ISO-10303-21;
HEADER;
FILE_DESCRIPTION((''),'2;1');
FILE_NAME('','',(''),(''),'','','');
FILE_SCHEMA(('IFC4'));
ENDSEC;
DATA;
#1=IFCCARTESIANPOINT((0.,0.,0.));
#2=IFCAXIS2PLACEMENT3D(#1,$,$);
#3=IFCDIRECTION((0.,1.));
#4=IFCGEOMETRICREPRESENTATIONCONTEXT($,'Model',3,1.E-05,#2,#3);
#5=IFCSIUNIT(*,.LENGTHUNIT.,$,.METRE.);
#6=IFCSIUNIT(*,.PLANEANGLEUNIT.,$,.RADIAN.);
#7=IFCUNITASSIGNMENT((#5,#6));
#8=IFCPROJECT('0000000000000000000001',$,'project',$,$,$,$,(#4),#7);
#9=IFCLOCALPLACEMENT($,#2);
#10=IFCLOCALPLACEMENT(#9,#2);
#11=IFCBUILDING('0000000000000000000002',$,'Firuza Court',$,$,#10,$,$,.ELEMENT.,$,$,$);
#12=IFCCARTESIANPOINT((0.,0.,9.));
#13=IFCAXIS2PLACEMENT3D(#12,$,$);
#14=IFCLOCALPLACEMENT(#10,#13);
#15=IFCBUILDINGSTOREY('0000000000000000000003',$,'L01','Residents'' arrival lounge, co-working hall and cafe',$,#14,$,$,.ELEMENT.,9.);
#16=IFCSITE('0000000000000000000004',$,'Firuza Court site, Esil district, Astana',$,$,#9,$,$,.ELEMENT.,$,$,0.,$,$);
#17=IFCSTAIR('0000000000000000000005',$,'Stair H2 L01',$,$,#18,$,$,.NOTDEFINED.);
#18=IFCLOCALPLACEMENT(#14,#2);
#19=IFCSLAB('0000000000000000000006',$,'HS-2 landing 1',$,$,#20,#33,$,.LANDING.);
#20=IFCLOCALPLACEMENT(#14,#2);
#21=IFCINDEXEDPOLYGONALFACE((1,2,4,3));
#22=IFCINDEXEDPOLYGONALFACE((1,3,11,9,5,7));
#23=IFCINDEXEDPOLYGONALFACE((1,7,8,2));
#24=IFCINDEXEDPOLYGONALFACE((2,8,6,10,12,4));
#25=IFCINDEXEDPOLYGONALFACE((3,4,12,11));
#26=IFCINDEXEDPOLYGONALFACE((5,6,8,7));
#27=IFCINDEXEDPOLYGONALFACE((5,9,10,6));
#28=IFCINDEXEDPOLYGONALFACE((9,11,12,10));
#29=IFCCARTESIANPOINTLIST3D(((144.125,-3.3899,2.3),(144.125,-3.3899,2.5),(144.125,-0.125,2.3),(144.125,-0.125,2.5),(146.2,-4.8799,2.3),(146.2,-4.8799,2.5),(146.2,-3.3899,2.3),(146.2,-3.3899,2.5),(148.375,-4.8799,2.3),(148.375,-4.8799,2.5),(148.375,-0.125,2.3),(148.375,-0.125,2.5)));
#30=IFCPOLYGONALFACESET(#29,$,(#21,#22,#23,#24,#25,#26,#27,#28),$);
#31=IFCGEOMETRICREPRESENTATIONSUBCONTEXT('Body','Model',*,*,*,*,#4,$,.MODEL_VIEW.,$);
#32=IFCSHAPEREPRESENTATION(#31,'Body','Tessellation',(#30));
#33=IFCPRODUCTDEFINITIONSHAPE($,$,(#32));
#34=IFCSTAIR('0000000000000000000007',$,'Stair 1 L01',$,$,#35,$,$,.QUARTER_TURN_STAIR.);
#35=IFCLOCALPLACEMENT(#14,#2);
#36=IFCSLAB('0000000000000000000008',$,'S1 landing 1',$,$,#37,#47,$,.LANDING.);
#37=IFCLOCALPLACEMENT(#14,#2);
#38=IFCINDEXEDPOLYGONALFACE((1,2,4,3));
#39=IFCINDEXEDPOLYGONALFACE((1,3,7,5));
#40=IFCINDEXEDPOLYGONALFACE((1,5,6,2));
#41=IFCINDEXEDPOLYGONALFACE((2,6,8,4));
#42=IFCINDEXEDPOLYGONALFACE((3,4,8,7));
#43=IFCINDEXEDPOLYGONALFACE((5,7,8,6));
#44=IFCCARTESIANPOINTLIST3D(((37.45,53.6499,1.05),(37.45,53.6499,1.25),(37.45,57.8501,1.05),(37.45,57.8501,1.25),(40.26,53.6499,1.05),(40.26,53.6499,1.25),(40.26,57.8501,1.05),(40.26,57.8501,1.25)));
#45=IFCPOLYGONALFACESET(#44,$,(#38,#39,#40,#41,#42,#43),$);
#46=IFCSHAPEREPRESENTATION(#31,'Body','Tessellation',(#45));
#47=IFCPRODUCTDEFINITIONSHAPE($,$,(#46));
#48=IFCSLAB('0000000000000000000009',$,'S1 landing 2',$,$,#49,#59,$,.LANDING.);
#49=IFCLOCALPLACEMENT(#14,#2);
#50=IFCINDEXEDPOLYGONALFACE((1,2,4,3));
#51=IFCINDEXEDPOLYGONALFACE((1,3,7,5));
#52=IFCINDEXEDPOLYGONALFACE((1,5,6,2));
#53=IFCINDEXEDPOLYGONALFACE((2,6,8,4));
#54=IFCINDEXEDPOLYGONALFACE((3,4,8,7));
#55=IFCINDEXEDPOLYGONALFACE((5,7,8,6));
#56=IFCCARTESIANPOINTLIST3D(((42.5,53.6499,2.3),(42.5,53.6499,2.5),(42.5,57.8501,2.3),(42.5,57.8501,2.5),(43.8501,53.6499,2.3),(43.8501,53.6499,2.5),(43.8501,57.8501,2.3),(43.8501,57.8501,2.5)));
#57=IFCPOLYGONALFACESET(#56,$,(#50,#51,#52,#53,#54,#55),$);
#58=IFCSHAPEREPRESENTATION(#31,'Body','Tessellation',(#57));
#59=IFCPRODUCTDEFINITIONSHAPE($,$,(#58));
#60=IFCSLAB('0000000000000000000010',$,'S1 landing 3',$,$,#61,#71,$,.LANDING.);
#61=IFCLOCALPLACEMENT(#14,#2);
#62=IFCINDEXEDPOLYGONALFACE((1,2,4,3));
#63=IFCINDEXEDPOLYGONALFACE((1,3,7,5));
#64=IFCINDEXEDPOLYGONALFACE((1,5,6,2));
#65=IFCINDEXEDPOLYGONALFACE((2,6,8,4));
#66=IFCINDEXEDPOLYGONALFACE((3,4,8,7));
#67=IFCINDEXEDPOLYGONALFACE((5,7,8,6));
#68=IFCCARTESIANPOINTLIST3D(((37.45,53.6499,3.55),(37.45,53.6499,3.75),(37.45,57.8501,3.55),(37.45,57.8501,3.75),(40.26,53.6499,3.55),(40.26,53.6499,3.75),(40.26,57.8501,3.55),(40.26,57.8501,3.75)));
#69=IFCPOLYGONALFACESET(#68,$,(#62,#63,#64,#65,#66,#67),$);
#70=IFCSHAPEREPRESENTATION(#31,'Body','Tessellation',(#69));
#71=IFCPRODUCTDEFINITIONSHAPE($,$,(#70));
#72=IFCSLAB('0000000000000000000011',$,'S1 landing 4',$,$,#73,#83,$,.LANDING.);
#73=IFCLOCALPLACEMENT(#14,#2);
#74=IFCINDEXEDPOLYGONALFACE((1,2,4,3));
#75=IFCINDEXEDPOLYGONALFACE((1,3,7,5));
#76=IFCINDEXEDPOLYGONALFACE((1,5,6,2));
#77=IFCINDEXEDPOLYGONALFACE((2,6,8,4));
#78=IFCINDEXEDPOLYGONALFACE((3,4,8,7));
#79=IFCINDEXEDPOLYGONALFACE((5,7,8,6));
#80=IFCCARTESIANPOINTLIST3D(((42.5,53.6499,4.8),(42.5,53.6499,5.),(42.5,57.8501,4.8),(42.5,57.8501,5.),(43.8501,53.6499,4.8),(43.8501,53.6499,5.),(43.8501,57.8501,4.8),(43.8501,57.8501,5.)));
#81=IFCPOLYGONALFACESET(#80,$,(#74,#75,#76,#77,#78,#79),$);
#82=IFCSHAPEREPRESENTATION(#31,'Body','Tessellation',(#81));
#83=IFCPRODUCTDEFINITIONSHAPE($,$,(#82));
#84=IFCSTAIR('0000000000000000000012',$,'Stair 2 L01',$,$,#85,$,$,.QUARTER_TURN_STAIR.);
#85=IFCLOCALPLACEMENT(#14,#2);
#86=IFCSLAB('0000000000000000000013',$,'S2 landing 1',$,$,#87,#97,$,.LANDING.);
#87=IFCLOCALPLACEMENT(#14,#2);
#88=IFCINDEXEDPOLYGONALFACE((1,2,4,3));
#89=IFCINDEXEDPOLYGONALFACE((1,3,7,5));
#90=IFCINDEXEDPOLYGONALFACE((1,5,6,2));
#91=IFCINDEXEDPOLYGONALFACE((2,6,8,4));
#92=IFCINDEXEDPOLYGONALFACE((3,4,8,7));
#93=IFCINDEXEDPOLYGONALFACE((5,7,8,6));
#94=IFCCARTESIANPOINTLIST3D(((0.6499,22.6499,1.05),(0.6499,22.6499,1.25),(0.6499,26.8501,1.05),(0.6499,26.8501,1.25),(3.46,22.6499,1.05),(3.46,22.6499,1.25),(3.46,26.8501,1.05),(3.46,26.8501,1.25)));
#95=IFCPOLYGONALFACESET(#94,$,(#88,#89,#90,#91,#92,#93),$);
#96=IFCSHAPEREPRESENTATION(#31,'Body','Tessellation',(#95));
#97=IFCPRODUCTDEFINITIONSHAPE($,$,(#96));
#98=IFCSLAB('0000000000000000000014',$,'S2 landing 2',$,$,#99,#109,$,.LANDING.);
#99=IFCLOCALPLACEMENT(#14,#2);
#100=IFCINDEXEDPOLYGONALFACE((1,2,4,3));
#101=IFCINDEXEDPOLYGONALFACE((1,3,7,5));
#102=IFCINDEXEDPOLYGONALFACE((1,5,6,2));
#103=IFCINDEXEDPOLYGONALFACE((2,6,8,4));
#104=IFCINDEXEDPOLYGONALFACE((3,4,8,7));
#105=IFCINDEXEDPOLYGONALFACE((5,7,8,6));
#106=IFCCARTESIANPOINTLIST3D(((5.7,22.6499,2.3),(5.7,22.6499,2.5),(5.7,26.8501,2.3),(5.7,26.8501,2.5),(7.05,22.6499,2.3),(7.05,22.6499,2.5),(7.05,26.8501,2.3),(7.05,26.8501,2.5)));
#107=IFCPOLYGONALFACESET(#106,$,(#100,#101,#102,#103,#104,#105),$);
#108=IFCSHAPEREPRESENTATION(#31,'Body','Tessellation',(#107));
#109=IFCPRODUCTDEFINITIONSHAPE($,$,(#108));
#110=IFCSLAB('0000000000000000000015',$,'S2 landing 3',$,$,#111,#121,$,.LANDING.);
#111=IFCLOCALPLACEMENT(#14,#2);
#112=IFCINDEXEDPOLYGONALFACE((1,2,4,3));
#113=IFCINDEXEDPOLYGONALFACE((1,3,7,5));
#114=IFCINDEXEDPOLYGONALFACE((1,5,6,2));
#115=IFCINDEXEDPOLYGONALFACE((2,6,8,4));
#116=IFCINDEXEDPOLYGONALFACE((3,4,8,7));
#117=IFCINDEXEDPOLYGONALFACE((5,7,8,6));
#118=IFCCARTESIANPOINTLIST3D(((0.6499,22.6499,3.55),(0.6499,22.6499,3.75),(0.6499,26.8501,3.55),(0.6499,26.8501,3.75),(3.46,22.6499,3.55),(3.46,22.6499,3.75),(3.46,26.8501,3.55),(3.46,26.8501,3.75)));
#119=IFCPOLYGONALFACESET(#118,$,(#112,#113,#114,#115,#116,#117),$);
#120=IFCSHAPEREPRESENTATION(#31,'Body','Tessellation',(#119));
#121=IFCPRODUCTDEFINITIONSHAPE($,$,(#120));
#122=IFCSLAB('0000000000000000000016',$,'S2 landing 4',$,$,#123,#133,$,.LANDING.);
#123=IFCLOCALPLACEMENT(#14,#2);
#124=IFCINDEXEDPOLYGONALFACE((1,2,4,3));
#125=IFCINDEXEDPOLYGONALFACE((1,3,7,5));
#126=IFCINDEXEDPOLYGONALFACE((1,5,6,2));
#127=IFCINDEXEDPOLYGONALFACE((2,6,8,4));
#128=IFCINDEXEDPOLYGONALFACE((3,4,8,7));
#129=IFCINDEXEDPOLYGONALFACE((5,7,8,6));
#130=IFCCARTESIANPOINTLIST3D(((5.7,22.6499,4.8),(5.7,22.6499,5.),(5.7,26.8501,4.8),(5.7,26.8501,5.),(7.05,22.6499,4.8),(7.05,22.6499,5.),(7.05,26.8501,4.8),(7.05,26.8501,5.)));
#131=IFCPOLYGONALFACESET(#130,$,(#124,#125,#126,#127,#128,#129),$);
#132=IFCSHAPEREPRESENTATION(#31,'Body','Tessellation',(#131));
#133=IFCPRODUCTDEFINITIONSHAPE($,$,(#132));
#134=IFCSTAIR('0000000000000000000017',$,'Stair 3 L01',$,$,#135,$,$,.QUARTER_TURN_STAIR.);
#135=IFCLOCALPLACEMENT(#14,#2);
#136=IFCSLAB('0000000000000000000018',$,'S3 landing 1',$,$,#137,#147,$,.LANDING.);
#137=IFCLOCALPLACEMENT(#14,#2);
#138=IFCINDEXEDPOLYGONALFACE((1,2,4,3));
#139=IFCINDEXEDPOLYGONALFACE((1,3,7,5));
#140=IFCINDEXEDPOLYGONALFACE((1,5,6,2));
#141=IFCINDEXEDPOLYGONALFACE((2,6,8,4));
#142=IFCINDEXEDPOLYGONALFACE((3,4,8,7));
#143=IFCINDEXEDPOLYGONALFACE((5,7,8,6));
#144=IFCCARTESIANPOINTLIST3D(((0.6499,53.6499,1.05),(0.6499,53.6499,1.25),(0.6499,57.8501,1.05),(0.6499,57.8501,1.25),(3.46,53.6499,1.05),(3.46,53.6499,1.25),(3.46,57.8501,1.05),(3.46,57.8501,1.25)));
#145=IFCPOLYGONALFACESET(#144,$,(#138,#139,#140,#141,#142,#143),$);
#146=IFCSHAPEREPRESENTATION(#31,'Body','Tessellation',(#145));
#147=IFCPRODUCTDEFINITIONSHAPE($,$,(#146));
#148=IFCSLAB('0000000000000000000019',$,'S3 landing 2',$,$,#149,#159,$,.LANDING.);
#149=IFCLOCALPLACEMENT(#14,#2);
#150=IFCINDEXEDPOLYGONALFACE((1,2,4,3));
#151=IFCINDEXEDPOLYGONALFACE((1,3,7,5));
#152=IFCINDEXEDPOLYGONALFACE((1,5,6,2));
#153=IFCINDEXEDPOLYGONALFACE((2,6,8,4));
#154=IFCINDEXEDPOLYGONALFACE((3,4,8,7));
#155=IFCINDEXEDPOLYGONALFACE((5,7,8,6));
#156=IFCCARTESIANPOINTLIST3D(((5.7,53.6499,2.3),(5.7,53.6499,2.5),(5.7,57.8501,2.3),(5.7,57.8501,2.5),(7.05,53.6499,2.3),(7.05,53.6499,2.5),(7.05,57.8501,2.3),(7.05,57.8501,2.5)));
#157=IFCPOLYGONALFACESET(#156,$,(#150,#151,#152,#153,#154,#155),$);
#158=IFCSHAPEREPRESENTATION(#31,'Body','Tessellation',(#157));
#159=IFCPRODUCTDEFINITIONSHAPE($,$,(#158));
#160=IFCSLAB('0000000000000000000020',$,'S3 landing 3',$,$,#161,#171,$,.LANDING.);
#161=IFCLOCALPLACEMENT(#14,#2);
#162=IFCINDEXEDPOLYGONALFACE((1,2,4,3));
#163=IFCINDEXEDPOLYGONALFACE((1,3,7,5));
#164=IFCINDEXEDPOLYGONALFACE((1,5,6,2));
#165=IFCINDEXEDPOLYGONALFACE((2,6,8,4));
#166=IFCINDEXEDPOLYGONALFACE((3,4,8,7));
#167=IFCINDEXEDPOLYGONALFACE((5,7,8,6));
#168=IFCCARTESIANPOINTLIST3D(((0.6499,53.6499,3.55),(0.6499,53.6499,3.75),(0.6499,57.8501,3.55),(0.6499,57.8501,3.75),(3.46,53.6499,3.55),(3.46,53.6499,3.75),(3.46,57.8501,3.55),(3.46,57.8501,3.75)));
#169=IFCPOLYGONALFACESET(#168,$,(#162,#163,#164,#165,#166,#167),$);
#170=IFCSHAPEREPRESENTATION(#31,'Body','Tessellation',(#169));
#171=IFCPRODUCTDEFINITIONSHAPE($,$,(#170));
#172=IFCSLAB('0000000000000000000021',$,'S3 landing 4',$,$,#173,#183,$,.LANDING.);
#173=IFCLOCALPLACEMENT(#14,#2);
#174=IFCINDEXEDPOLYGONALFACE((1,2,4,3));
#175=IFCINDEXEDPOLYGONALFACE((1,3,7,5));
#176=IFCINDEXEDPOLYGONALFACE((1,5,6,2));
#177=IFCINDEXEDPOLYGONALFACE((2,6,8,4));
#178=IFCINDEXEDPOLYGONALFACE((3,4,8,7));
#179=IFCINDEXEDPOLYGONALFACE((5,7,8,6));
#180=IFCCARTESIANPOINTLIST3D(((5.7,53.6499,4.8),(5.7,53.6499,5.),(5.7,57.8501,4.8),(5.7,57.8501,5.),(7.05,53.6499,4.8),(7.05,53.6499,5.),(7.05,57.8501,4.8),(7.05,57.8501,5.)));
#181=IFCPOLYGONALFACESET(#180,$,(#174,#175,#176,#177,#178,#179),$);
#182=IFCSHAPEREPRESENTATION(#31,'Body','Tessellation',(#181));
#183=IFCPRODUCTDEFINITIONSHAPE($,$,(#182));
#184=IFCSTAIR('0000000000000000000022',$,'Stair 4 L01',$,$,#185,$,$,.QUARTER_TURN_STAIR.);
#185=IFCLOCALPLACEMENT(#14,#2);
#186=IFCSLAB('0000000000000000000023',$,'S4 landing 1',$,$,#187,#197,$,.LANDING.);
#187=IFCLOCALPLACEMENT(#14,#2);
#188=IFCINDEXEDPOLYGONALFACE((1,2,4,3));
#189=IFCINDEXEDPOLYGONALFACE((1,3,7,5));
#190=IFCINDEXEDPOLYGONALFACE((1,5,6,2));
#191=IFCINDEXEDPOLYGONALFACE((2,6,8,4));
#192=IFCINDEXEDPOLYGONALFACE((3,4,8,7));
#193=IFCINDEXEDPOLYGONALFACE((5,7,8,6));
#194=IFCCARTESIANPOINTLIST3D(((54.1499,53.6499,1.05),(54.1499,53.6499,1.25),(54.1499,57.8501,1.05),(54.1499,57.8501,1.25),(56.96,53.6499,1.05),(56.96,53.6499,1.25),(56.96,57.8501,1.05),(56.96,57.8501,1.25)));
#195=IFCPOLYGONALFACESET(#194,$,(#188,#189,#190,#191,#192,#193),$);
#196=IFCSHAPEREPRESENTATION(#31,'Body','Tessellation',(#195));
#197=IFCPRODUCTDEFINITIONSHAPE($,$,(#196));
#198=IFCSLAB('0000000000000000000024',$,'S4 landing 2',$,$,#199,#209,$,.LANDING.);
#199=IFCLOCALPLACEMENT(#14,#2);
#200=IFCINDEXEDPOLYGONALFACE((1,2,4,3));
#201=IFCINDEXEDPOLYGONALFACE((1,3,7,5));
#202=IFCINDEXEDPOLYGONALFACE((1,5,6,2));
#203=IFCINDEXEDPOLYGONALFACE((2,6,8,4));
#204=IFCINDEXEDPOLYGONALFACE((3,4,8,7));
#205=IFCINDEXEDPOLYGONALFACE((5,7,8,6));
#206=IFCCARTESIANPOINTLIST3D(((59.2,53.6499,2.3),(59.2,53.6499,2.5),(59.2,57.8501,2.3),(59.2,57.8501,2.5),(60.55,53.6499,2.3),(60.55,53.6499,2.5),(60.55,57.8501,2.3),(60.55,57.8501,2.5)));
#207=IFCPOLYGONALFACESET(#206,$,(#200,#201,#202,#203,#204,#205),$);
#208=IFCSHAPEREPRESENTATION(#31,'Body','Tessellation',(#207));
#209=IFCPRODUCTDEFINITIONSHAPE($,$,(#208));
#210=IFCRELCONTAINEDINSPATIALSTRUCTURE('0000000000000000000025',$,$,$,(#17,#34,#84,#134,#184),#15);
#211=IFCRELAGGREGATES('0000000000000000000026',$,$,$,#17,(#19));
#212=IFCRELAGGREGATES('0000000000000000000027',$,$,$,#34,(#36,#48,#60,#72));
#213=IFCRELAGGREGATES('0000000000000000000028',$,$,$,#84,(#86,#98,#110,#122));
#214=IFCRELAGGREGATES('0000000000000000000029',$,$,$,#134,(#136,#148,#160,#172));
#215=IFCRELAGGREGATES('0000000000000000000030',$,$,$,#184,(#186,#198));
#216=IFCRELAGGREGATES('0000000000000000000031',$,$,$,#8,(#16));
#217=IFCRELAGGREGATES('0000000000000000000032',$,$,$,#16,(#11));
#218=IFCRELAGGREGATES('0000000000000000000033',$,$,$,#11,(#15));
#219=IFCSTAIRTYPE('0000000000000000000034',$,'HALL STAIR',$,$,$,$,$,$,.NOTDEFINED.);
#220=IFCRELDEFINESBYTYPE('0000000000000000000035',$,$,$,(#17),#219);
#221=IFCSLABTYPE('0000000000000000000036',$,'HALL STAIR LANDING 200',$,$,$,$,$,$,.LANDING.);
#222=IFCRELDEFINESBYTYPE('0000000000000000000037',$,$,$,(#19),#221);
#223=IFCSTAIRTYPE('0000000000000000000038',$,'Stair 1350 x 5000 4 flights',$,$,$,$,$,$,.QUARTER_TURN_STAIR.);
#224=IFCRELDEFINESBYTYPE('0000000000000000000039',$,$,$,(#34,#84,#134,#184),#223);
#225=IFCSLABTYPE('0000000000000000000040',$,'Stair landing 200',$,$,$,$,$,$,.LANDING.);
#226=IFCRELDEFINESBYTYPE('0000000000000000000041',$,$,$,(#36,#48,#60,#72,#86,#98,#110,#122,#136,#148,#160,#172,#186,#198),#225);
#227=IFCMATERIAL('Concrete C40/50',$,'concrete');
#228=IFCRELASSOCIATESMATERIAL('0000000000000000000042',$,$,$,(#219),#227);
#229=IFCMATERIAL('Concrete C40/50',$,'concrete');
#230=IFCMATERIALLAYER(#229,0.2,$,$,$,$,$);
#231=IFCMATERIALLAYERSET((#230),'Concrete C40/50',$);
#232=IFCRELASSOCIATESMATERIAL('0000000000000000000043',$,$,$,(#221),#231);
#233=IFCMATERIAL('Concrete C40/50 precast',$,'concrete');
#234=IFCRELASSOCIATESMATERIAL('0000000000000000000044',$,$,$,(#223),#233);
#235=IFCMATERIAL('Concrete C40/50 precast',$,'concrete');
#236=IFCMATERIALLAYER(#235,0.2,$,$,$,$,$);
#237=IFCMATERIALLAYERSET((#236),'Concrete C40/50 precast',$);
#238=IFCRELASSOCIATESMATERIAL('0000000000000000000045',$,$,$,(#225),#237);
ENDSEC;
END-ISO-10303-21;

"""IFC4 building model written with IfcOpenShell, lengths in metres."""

from ifc_helpers import new_model, si_unit, direction, frame, origin, place, context, subcontext, project, spatial, polyline, outline, extrude, material, layer, layer_set, type_object, element, aggregate, save


model = new_model("IFC4")

# Units and contexts
model_context = context("Model", 3, precision=1e-05, world=origin(), true_north=direction((0.0, 1.0)))
body_context = subcontext(model_context, "Body", "Model", "MODEL_VIEW")
ifc_project = project(units=[si_unit("LENGTHUNIT", "METRE"), si_unit("PLANEANGLEUNIT", "RADIAN")], contexts=[model_context])

# Site, building, storey
site_placement = place(None, origin())
site = spatial("IfcSite", under=ifc_project, at=site_placement, Name="Firuza Court site, Esil district, Astana", CompositionType="ELEMENT", RefElevation=0.0)
building_placement = place(site_placement, origin())
building = spatial("IfcBuilding", under=site, at=building_placement, Name="Firuza Court", CompositionType="ELEMENT")
storey_placement = place(building_placement, frame((0.0, 0.0, 9.0)))
storey = spatial("IfcBuildingStorey", under=building, at=storey_placement, Name="L01", Description="Residents' arrival lounge, co-working hall and cafe", CompositionType="ELEMENT", Elevation=9.0)

# Stair, slab
ifc_material_1 = material(Name="Concrete C40/50", Category="concrete")
stair_type_1 = type_object("IfcStairType", Name="HALL STAIR", PredefinedType="NOTDEFINED", material=ifc_material_1)
ifc_material_2 = material(Name="Concrete C40/50", Category="concrete")
ifc_layer_1 = layer(ifc_material_2, 0.2)
ifc_layer_set_1 = layer_set([ifc_layer_1], Name="Concrete C40/50")
slab_type_1 = type_object("IfcSlabType", Name="HALL STAIR LANDING 200", PredefinedType="LANDING", material=ifc_layer_set_1)
stair_1_placement = place(storey_placement, origin())
stair_1 = element("IfcStair", 1, at=stair_1_placement, inside=storey, type_object=stair_type_1, Name="Stair H2 L01", PredefinedType="NOTDEFINED")
slab_1_placement = place(storey_placement, frame((0.0, 0.0, 2.3)))
slab_1 = element("IfcSlab", 2, at=slab_1_placement, type_object=slab_type_1, Name="HS-2 landing 1", PredefinedType="LANDING", context=body_context, shape_type="SweptSolid", body=[
    extrude(outline(polyline([(144.125, -3.3899), (146.2, -3.3899), (146.2, -4.8799), (148.375, -4.8799), (148.375, -0.125), (144.125, -0.125), (144.125, -3.3899)])), origin(), (0.0, 0.0, 1.0), 0.2),
])
aggregate(stair_1, [slab_1])

# Stairs, slabs
ifc_material_3 = material(Name="Concrete C40/50 precast", Category="concrete")
stair_type_2 = type_object("IfcStairType", Name="Stair 1350 x 5000 4 flights", PredefinedType="QUARTER_TURN_STAIR", material=ifc_material_3)
stair_2_placement = place(storey_placement, origin())
stair_2 = element("IfcStair", 3, at=stair_2_placement, inside=storey, type_object=stair_type_2, Name="Stair 1 L01", PredefinedType="QUARTER_TURN_STAIR")
ifc_material_4 = material(Name="Concrete C40/50 precast", Category="concrete")
ifc_layer_2 = layer(ifc_material_4, 0.2)
ifc_layer_set_2 = layer_set([ifc_layer_2], Name="Concrete C40/50 precast")
slab_type_2 = type_object("IfcSlabType", Name="Stair landing 200", PredefinedType="LANDING", material=ifc_layer_set_2)
slab_2_placement = place(storey_placement, frame((0.0, 0.0, 1.05)))
slab_2 = element("IfcSlab", 4, at=slab_2_placement, type_object=slab_type_2, Name="S1 landing 1", PredefinedType="LANDING", context=body_context, shape_type="SweptSolid", body=[
    extrude(outline(polyline([(40.26, 53.6499), (40.26, 57.8501), (37.45, 57.8501), (37.45, 53.6499), (40.26, 53.6499)])), origin(), (0.0, 0.0, 1.0), 0.2),
])
slab_3_placement = place(storey_placement, frame((0.0, 0.0, 2.3)))
slab_3 = element("IfcSlab", 5, at=slab_3_placement, type_object=slab_type_2, Name="S1 landing 2", PredefinedType="LANDING", context=body_context, shape_type="SweptSolid", body=[
    extrude(outline(polyline([(43.8501, 53.6499), (43.8501, 57.8501), (42.5, 57.8501), (42.5, 53.6499), (43.8501, 53.6499)])), origin(), (0.0, 0.0, 1.0), 0.2),
])
slab_4_placement = place(storey_placement, frame((0.0, 0.0, 3.55)))
slab_4 = element("IfcSlab", 6, at=slab_4_placement, type_object=slab_type_2, Name="S1 landing 3", PredefinedType="LANDING", context=body_context, shape_type="SweptSolid", body=[
    extrude(outline(polyline([(40.26, 53.6499), (40.26, 57.8501), (37.45, 57.8501), (37.45, 53.6499), (40.26, 53.6499)])), origin(), (0.0, 0.0, 1.0), 0.2),
])
slab_5_placement = place(storey_placement, frame((0.0, 0.0, 4.8)))
slab_5 = element("IfcSlab", 7, at=slab_5_placement, type_object=slab_type_2, Name="S1 landing 4", PredefinedType="LANDING", context=body_context, shape_type="SweptSolid", body=[
    extrude(outline(polyline([(43.8501, 53.6499), (43.8501, 57.8501), (42.5, 57.8501), (42.5, 53.6499), (43.8501, 53.6499)])), origin(), (0.0, 0.0, 1.0), 0.2),
])
aggregate(stair_2, [slab_2, slab_3, slab_4, slab_5])
stair_3_placement = place(storey_placement, origin())
stair_3 = element("IfcStair", 8, at=stair_3_placement, inside=storey, type_object=stair_type_2, Name="Stair 2 L01", PredefinedType="QUARTER_TURN_STAIR")
slab_6_placement = place(storey_placement, frame((0.0, 0.0, 1.05)))
slab_6 = element("IfcSlab", 9, at=slab_6_placement, type_object=slab_type_2, Name="S2 landing 1", PredefinedType="LANDING", context=body_context, shape_type="SweptSolid", body=[
    extrude(outline(polyline([(3.46, 22.6499), (3.46, 26.8501), (0.6499, 26.8501), (0.6499, 22.6499), (3.46, 22.6499)])), origin(), (0.0, 0.0, 1.0), 0.2),
])
slab_7_placement = place(storey_placement, frame((0.0, 0.0, 2.3)))
slab_7 = element("IfcSlab", 10, at=slab_7_placement, type_object=slab_type_2, Name="S2 landing 2", PredefinedType="LANDING", context=body_context, shape_type="SweptSolid", body=[
    extrude(outline(polyline([(7.05, 22.6499), (7.05, 26.8501), (5.7, 26.8501), (5.7, 22.6499), (7.05, 22.6499)])), origin(), (0.0, 0.0, 1.0), 0.2),
])
slab_8_placement = place(storey_placement, frame((0.0, 0.0, 3.55)))
slab_8 = element("IfcSlab", 11, at=slab_8_placement, type_object=slab_type_2, Name="S2 landing 3", PredefinedType="LANDING", context=body_context, shape_type="SweptSolid", body=[
    extrude(outline(polyline([(3.46, 22.6499), (3.46, 26.8501), (0.6499, 26.8501), (0.6499, 22.6499), (3.46, 22.6499)])), origin(), (0.0, 0.0, 1.0), 0.2),
])
slab_9_placement = place(storey_placement, frame((0.0, 0.0, 4.8)))
slab_9 = element("IfcSlab", 12, at=slab_9_placement, type_object=slab_type_2, Name="S2 landing 4", PredefinedType="LANDING", context=body_context, shape_type="SweptSolid", body=[
    extrude(outline(polyline([(7.05, 22.6499), (7.05, 26.8501), (5.7, 26.8501), (5.7, 22.6499), (7.05, 22.6499)])), origin(), (0.0, 0.0, 1.0), 0.2),
])
aggregate(stair_3, [slab_6, slab_7, slab_8, slab_9])
stair_4_placement = place(storey_placement, origin())
stair_4 = element("IfcStair", 13, at=stair_4_placement, inside=storey, type_object=stair_type_2, Name="Stair 3 L01", PredefinedType="QUARTER_TURN_STAIR")
slab_10_placement = place(storey_placement, frame((0.0, 0.0, 1.05)))
slab_10 = element("IfcSlab", 14, at=slab_10_placement, type_object=slab_type_2, Name="S3 landing 1", PredefinedType="LANDING", context=body_context, shape_type="SweptSolid", body=[
    extrude(outline(polyline([(3.46, 53.6499), (3.46, 57.8501), (0.6499, 57.8501), (0.6499, 53.6499), (3.46, 53.6499)])), origin(), (0.0, 0.0, 1.0), 0.2),
])
slab_11_placement = place(storey_placement, frame((0.0, 0.0, 2.3)))
slab_11 = element("IfcSlab", 15, at=slab_11_placement, type_object=slab_type_2, Name="S3 landing 2", PredefinedType="LANDING", context=body_context, shape_type="SweptSolid", body=[
    extrude(outline(polyline([(7.05, 53.6499), (7.05, 57.8501), (5.7, 57.8501), (5.7, 53.6499), (7.05, 53.6499)])), origin(), (0.0, 0.0, 1.0), 0.2),
])
slab_12_placement = place(storey_placement, frame((0.0, 0.0, 3.55)))
slab_12 = element("IfcSlab", 16, at=slab_12_placement, type_object=slab_type_2, Name="S3 landing 3", PredefinedType="LANDING", context=body_context, shape_type="SweptSolid", body=[
    extrude(outline(polyline([(3.46, 53.6499), (3.46, 57.8501), (0.6499, 57.8501), (0.6499, 53.6499), (3.46, 53.6499)])), origin(), (0.0, 0.0, 1.0), 0.2),
])
slab_13_placement = place(storey_placement, frame((0.0, 0.0, 4.8)))
slab_13 = element("IfcSlab", 17, at=slab_13_placement, type_object=slab_type_2, Name="S3 landing 4", PredefinedType="LANDING", context=body_context, shape_type="SweptSolid", body=[
    extrude(outline(polyline([(7.05, 53.6499), (7.05, 57.8501), (5.7, 57.8501), (5.7, 53.6499), (7.05, 53.6499)])), origin(), (0.0, 0.0, 1.0), 0.2),
])
aggregate(stair_4, [slab_10, slab_11, slab_12, slab_13])
stair_5_placement = place(storey_placement, origin())
stair_5 = element("IfcStair", 18, at=stair_5_placement, inside=storey, type_object=stair_type_2, Name="Stair 4 L01", PredefinedType="QUARTER_TURN_STAIR")
slab_14_placement = place(storey_placement, frame((0.0, 0.0, 1.05)))
slab_14 = element("IfcSlab", 19, at=slab_14_placement, type_object=slab_type_2, Name="S4 landing 1", PredefinedType="LANDING", context=body_context, shape_type="SweptSolid", body=[
    extrude(outline(polyline([(56.96, 53.6499), (56.96, 57.8501), (54.1499, 57.8501), (54.1499, 53.6499), (56.96, 53.6499)])), origin(), (0.0, 0.0, 1.0), 0.2),
])
slab_15_placement = place(storey_placement, frame((0.0, 0.0, 2.3)))
slab_15 = element("IfcSlab", 20, at=slab_15_placement, type_object=slab_type_2, Name="S4 landing 2", PredefinedType="LANDING", context=body_context, shape_type="SweptSolid", body=[
    extrude(outline(polyline([(60.55, 53.6499), (60.55, 57.8501), (59.2, 57.8501), (59.2, 53.6499), (60.55, 53.6499)])), origin(), (0.0, 0.0, 1.0), 0.2),
])
aggregate(stair_5, [slab_14, slab_15])

save(model, "model.ifc")
